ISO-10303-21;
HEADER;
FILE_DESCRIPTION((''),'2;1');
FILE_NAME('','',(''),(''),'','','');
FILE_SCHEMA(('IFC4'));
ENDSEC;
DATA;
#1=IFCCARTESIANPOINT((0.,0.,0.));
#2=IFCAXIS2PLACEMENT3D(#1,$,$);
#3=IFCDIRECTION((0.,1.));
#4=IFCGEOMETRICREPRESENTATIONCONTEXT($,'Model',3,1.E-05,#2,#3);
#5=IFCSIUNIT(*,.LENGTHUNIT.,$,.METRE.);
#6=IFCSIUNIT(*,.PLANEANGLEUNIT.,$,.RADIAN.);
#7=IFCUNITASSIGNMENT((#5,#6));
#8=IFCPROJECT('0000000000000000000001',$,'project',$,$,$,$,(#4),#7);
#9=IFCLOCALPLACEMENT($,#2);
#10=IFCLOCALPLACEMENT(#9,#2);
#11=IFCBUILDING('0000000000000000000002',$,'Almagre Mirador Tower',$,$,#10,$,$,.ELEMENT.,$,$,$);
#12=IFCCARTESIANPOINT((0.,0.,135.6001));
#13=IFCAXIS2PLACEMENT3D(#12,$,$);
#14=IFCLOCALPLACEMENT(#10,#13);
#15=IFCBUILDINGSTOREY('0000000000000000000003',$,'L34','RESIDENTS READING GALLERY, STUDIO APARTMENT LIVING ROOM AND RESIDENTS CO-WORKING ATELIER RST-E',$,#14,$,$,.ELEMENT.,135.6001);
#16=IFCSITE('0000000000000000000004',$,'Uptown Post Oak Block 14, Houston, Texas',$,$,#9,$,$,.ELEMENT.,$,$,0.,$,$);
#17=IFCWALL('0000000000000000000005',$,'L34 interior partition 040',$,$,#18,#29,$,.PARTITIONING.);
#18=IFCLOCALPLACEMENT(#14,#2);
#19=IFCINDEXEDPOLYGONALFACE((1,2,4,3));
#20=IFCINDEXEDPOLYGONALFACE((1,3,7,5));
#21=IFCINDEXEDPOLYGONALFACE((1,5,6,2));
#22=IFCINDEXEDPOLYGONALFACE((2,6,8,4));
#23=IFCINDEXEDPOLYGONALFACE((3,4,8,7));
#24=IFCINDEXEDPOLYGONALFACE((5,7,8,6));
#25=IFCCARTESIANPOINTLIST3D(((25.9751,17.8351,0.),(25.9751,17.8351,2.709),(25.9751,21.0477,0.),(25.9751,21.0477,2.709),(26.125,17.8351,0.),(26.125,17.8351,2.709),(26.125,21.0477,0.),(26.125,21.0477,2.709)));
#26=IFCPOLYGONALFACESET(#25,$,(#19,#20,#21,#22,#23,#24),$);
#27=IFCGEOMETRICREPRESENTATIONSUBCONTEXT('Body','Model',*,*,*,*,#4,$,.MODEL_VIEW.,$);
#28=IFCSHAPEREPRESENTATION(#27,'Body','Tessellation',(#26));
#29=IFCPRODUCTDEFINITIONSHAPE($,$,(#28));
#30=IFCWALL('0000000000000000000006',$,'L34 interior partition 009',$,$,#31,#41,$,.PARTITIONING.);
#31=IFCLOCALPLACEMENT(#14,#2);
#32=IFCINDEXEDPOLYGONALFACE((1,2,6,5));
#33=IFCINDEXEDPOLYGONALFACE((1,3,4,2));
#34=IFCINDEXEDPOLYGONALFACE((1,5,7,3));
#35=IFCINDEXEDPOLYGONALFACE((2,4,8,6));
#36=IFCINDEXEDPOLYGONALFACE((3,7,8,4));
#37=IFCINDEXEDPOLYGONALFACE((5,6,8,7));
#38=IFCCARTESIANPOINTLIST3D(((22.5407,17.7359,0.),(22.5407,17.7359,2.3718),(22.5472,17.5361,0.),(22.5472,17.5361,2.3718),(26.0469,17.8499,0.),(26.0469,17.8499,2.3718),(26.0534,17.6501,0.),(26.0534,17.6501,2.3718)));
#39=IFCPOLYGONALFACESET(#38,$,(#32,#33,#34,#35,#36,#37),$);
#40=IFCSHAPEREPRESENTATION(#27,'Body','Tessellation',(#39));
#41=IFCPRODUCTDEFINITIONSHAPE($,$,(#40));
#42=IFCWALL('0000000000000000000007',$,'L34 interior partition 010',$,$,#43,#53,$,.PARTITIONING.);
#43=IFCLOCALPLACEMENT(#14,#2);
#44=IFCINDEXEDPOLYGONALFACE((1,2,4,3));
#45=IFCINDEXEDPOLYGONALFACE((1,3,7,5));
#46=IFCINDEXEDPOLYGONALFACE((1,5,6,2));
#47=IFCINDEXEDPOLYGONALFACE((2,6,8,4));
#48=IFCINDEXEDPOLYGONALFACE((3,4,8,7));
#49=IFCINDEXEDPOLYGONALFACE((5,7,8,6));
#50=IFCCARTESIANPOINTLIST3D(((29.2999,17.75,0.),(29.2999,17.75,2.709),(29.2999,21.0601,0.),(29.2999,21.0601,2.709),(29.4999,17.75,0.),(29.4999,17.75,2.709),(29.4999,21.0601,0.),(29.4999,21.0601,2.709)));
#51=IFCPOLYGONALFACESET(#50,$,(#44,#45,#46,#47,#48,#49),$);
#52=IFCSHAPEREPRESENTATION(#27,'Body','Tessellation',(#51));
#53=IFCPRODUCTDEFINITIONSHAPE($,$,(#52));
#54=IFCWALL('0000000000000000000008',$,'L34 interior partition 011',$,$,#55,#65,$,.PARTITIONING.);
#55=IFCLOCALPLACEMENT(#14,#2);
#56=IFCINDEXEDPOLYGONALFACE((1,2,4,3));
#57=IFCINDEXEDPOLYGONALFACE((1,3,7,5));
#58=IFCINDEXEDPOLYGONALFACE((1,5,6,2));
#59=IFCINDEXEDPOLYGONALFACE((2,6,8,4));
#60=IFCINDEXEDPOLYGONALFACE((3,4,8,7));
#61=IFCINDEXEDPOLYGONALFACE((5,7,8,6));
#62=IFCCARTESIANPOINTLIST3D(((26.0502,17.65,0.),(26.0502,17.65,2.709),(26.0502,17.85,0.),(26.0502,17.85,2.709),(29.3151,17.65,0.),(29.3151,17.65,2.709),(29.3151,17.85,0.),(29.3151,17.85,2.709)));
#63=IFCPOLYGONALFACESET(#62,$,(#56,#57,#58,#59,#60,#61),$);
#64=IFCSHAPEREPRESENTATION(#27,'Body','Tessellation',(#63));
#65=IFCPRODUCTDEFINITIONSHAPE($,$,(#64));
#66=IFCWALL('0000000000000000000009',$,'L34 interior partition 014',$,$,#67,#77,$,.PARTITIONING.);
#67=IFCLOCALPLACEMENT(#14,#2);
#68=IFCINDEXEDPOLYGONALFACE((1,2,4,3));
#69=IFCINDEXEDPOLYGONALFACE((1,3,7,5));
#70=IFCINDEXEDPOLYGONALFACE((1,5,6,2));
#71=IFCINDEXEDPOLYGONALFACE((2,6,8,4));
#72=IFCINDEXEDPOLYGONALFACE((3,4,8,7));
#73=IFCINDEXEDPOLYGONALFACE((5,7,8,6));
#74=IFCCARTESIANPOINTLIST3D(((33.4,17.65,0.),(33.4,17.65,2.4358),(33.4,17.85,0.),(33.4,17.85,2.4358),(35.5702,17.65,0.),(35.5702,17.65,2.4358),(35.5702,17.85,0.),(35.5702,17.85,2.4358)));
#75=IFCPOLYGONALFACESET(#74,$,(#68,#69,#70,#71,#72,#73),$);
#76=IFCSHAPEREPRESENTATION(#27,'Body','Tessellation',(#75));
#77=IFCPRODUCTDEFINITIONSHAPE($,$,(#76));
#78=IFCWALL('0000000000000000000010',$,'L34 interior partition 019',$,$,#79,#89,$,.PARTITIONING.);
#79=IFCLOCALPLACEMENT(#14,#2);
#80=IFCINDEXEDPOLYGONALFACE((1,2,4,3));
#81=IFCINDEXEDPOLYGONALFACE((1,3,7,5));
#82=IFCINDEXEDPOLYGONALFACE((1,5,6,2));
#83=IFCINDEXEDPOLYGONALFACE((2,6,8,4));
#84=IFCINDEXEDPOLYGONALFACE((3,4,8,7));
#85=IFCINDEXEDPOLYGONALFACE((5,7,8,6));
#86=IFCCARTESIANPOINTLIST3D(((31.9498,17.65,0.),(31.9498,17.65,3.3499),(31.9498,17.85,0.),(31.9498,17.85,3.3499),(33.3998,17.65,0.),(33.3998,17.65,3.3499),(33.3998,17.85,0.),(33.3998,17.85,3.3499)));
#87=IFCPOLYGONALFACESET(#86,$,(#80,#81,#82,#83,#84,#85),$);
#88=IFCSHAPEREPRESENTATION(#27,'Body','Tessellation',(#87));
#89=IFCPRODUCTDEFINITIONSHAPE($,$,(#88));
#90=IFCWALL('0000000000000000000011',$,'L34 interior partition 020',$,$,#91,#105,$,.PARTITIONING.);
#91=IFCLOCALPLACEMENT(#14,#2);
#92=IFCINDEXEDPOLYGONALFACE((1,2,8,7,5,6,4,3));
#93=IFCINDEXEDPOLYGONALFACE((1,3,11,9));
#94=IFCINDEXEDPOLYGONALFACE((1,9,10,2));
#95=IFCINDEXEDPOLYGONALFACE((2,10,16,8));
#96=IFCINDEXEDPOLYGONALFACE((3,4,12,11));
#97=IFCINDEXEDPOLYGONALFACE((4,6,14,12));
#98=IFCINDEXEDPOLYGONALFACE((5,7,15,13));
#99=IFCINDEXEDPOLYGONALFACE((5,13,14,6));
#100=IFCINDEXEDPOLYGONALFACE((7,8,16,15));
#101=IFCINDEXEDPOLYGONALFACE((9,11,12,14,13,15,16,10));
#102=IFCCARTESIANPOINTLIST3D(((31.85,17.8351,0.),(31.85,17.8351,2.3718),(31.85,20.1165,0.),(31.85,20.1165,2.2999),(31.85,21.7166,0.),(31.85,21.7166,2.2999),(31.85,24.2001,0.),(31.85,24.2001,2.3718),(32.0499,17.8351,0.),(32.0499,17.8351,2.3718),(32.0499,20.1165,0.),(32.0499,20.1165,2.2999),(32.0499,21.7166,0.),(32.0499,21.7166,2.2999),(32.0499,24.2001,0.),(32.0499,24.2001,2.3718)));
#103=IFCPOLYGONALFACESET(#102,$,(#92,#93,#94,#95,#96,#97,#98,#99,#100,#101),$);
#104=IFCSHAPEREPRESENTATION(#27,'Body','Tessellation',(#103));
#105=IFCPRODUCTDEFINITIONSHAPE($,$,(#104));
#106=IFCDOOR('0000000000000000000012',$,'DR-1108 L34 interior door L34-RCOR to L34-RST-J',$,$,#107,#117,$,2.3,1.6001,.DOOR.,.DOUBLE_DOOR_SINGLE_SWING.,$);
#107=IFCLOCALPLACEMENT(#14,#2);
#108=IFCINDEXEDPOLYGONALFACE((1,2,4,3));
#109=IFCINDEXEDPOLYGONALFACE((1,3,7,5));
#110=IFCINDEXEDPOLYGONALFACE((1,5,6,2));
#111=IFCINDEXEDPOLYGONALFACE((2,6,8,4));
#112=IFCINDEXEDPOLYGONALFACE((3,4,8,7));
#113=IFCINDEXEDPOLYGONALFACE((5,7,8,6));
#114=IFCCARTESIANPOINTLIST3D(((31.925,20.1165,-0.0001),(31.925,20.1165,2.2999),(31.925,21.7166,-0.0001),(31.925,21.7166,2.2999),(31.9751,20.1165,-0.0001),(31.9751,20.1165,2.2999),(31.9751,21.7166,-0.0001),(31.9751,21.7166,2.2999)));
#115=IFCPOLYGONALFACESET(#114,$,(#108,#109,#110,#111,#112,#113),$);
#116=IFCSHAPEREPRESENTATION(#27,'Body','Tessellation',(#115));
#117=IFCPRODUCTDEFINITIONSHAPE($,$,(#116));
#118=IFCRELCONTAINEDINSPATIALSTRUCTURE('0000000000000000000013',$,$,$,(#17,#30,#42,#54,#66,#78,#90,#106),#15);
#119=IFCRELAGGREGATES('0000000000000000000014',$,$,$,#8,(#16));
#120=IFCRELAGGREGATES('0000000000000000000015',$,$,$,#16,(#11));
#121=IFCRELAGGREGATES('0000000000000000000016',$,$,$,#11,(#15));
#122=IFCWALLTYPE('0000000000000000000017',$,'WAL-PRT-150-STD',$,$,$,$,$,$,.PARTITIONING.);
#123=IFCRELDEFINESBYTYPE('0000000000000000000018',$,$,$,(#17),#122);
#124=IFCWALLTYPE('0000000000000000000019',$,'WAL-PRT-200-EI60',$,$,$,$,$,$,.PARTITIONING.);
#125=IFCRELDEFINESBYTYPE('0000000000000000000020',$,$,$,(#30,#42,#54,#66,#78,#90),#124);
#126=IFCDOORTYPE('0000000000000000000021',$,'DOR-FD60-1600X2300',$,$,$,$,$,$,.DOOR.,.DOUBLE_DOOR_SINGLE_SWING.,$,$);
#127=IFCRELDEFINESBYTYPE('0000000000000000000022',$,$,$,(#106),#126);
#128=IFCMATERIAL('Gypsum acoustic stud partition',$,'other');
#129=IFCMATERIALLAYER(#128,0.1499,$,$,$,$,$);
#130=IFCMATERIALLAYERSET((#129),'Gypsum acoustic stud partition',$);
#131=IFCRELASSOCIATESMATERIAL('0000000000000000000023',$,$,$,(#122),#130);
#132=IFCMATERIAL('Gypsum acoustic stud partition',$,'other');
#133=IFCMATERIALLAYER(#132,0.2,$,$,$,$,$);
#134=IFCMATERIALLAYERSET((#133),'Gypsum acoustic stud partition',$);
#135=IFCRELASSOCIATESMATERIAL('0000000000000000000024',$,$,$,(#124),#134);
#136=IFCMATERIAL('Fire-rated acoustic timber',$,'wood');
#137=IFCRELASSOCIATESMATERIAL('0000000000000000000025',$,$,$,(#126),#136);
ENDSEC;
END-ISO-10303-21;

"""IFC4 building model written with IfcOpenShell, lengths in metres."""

from ifc_helpers import new_model, si_unit, direction, frame, frame_2d, origin, place, context, subcontext, project, spatial, rectangle, extrude, material, layer, layer_set, type_object, element, fill, save


model = new_model("IFC4")

# Units and contexts
model_context = context("Model", 3, precision=1e-05, world=origin(), true_north=direction((0.0, 1.0)))
body_context = subcontext(model_context, "Body", "Model", "MODEL_VIEW")
ifc_project = project(units=[si_unit("LENGTHUNIT", "METRE"), si_unit("PLANEANGLEUNIT", "RADIAN")], contexts=[model_context])

# Site, building, storey
site_placement = place(None, origin())
site = spatial("IfcSite", under=ifc_project, at=site_placement, Name="Uptown Post Oak Block 14, Houston, Texas", CompositionType="ELEMENT", RefElevation=0.0)
building_placement = place(site_placement, origin())
building = spatial("IfcBuilding", under=site, at=building_placement, Name="Almagre Mirador Tower", CompositionType="ELEMENT")
storey_placement = place(building_placement, frame((0.0, 0.0, 135.6001)))
storey = spatial("IfcBuildingStorey", under=building, at=storey_placement, Name="L34", Description="RESIDENTS READING GALLERY, STUDIO APARTMENT LIVING ROOM AND RESIDENTS CO-WORKING ATELIER RST-E", CompositionType="ELEMENT", Elevation=135.6001)

# Shared definitions
ifc_material_1 = material(Name="Gypsum acoustic stud partition", Category="other")
ifc_layer_1 = layer(ifc_material_1, 0.1499)
ifc_layer_set_1 = layer_set([ifc_layer_1], Name="Gypsum acoustic stud partition")
wall_type_1 = type_object("IfcWallType", Name="WAL-PRT-150-STD", PredefinedType="PARTITIONING", material=ifc_layer_set_1)

# Walls
wall_1_placement = place(storey_placement, frame((26.05, 17.835, 0.0), z_axis=(0.0, 0.0, 1.0), x_axis=(0.0, 1.0, 0.0)))
element("IfcWall", 1, at=wall_1_placement, inside=storey, type_object=wall_type_1, Name="L34 interior partition 040", PredefinedType="PARTITIONING", context=body_context, shape_type="SweptSolid", body=[
    extrude(rectangle(XDim=3.2126, YDim=0.1499, at=frame_2d((1.6064, 0.0))), origin(), (0.0, 0.0, 1.0), 2.709),
])
ifc_material_2 = material(Name="Gypsum acoustic stud partition", Category="other")
ifc_layer_2 = layer(ifc_material_2, 0.2)
ifc_layer_set_2 = layer_set([ifc_layer_2], Name="Gypsum acoustic stud partition")
wall_type_2 = type_object("IfcWallType", Name="WAL-PRT-200-EI60", PredefinedType="PARTITIONING", material=ifc_layer_set_2)
wall_2_placement = place(storey_placement, frame((26.05, 17.75, 0.0), z_axis=(0.0, 0.0, 1.0), x_axis=(-0.999472, -0.032501, 0.0)))
element("IfcWall", 2, at=wall_2_placement, inside=storey, type_object=wall_type_2, Name="L34 interior partition 009", PredefinedType="PARTITIONING", context=body_context, shape_type="SweptSolid", body=[
    extrude(rectangle(XDim=3.5081, YDim=0.2, at=frame_2d((1.7539, 0.0))), origin(), (0.0, 0.0, 1.0), 2.3718),
])
wall_3_placement = place(storey_placement, frame((29.3999, 21.0601, 0.0), z_axis=(0.0, 0.0, 1.0), x_axis=(0.0, -1.0, 0.0)))
element("IfcWall", 3, at=wall_3_placement, inside=storey, type_object=wall_type_2, Name="L34 interior partition 010", PredefinedType="PARTITIONING", context=body_context, shape_type="SweptSolid", body=[
    extrude(rectangle(XDim=3.3101, YDim=0.2, at=frame_2d((1.655, 0.0))), origin(), (0.0, 0.0, 1.0), 2.709),
])
wall_4_placement = place(storey_placement, frame((29.3149, 17.75, 0.0), z_axis=(0.0, 0.0, 1.0), x_axis=(-1.0, 0.0, 0.0)))
element("IfcWall", 4, at=wall_4_placement, inside=storey, type_object=wall_type_2, Name="L34 interior partition 011", PredefinedType="PARTITIONING", context=body_context, shape_type="SweptSolid", body=[
    extrude(rectangle(XDim=3.2649, YDim=0.2, at=frame_2d((1.6323, 0.0))), origin(), (0.0, 0.0, 1.0), 2.709),
])
wall_5_placement = place(storey_placement, frame((35.5701, 17.75, 0.0), z_axis=(0.0, 0.0, 1.0), x_axis=(-1.0, 0.0, 0.0)))
element("IfcWall", 5, at=wall_5_placement, inside=storey, type_object=wall_type_2, Name="L34 interior partition 014", PredefinedType="PARTITIONING", context=body_context, shape_type="SweptSolid", body=[
    extrude(rectangle(XDim=2.1702, YDim=0.2, at=frame_2d((1.085, 0.0))), origin(), (0.0, 0.0, 1.0), 2.4358),
])
wall_6_placement = place(storey_placement, frame((33.3999, 17.75, 0.0), z_axis=(0.0, 0.0, 1.0), x_axis=(-1.0, 0.0, 0.0)))
element("IfcWall", 6, at=wall_6_placement, inside=storey, type_object=wall_type_2, Name="L34 interior partition 019", PredefinedType="PARTITIONING", context=body_context, shape_type="SweptSolid", body=[
    extrude(rectangle(XDim=1.45, YDim=0.2, at=frame_2d((0.7251, 0.0))), origin(), (0.0, 0.0, 1.0), 3.3499),
])

# Wall, opening, door
wall_7_placement = place(storey_placement, frame((31.95, 17.835, 0.0), z_axis=(0.0, 0.0, 1.0), x_axis=(0.0, 1.0, 0.0)))
wall_7 = element("IfcWall", 7, at=wall_7_placement, inside=storey, type_object=wall_type_2, Name="L34 interior partition 020", PredefinedType="PARTITIONING", context=body_context, shape_type="SweptSolid", body=[
    extrude(rectangle(XDim=6.365, YDim=0.2, at=frame_2d((3.1826, 0.0))), origin(), (0.0, 0.0, 1.0), 2.3718),
])
opening_1_placement = place(wall_7_placement, frame((2.2815, 0.0, 0.0)))
opening_1 = element("IfcOpeningElement", 8, at=opening_1_placement, cuts=wall_7, PredefinedType="OPENING", context=body_context, shape_type="SweptSolid", body=[
    extrude(rectangle(XDim=1.6001, YDim=2.3, at=frame_2d((0.8, 1.1499))), frame((0.0, 0.1101, 0.0), z_axis=(0.0, -1.0, 0.0), x_axis=(1.0, 0.0, 0.0)), (0.0, 0.0, 1.0), 0.22),
])
ifc_material_3 = material(Name="Fire-rated acoustic timber", Category="wood")
door_type_1 = type_object("IfcDoorType", Name="DOR-FD60-1600X2300", OperationType="DOUBLE_DOOR_SINGLE_SWING", PredefinedType="DOOR", material=ifc_material_3)
door_1_placement = place(opening_1_placement, origin())
door_1 = element("IfcDoor", 9, at=door_1_placement, inside=storey, type_object=door_type_1, Name="DR-1108 L34 interior door L34-RCOR to L34-RST-J", OperationType="DOUBLE_DOOR_SINGLE_SWING", OverallHeight=2.3, OverallWidth=1.6001, PredefinedType="DOOR", context=body_context, shape_type="SweptSolid", body=[
    extrude(rectangle(XDim=1.6001, YDim=2.3, at=frame_2d((0.8, 1.1499))), frame((0.0, 0.0249, 0.0), z_axis=(0.0, -1.0, 0.0), x_axis=(1.0, 0.0, 0.0)), (0.0, 0.0, 1.0), 0.05),
])
fill(opening_1, door_1)

save(model, "model.ifc")
